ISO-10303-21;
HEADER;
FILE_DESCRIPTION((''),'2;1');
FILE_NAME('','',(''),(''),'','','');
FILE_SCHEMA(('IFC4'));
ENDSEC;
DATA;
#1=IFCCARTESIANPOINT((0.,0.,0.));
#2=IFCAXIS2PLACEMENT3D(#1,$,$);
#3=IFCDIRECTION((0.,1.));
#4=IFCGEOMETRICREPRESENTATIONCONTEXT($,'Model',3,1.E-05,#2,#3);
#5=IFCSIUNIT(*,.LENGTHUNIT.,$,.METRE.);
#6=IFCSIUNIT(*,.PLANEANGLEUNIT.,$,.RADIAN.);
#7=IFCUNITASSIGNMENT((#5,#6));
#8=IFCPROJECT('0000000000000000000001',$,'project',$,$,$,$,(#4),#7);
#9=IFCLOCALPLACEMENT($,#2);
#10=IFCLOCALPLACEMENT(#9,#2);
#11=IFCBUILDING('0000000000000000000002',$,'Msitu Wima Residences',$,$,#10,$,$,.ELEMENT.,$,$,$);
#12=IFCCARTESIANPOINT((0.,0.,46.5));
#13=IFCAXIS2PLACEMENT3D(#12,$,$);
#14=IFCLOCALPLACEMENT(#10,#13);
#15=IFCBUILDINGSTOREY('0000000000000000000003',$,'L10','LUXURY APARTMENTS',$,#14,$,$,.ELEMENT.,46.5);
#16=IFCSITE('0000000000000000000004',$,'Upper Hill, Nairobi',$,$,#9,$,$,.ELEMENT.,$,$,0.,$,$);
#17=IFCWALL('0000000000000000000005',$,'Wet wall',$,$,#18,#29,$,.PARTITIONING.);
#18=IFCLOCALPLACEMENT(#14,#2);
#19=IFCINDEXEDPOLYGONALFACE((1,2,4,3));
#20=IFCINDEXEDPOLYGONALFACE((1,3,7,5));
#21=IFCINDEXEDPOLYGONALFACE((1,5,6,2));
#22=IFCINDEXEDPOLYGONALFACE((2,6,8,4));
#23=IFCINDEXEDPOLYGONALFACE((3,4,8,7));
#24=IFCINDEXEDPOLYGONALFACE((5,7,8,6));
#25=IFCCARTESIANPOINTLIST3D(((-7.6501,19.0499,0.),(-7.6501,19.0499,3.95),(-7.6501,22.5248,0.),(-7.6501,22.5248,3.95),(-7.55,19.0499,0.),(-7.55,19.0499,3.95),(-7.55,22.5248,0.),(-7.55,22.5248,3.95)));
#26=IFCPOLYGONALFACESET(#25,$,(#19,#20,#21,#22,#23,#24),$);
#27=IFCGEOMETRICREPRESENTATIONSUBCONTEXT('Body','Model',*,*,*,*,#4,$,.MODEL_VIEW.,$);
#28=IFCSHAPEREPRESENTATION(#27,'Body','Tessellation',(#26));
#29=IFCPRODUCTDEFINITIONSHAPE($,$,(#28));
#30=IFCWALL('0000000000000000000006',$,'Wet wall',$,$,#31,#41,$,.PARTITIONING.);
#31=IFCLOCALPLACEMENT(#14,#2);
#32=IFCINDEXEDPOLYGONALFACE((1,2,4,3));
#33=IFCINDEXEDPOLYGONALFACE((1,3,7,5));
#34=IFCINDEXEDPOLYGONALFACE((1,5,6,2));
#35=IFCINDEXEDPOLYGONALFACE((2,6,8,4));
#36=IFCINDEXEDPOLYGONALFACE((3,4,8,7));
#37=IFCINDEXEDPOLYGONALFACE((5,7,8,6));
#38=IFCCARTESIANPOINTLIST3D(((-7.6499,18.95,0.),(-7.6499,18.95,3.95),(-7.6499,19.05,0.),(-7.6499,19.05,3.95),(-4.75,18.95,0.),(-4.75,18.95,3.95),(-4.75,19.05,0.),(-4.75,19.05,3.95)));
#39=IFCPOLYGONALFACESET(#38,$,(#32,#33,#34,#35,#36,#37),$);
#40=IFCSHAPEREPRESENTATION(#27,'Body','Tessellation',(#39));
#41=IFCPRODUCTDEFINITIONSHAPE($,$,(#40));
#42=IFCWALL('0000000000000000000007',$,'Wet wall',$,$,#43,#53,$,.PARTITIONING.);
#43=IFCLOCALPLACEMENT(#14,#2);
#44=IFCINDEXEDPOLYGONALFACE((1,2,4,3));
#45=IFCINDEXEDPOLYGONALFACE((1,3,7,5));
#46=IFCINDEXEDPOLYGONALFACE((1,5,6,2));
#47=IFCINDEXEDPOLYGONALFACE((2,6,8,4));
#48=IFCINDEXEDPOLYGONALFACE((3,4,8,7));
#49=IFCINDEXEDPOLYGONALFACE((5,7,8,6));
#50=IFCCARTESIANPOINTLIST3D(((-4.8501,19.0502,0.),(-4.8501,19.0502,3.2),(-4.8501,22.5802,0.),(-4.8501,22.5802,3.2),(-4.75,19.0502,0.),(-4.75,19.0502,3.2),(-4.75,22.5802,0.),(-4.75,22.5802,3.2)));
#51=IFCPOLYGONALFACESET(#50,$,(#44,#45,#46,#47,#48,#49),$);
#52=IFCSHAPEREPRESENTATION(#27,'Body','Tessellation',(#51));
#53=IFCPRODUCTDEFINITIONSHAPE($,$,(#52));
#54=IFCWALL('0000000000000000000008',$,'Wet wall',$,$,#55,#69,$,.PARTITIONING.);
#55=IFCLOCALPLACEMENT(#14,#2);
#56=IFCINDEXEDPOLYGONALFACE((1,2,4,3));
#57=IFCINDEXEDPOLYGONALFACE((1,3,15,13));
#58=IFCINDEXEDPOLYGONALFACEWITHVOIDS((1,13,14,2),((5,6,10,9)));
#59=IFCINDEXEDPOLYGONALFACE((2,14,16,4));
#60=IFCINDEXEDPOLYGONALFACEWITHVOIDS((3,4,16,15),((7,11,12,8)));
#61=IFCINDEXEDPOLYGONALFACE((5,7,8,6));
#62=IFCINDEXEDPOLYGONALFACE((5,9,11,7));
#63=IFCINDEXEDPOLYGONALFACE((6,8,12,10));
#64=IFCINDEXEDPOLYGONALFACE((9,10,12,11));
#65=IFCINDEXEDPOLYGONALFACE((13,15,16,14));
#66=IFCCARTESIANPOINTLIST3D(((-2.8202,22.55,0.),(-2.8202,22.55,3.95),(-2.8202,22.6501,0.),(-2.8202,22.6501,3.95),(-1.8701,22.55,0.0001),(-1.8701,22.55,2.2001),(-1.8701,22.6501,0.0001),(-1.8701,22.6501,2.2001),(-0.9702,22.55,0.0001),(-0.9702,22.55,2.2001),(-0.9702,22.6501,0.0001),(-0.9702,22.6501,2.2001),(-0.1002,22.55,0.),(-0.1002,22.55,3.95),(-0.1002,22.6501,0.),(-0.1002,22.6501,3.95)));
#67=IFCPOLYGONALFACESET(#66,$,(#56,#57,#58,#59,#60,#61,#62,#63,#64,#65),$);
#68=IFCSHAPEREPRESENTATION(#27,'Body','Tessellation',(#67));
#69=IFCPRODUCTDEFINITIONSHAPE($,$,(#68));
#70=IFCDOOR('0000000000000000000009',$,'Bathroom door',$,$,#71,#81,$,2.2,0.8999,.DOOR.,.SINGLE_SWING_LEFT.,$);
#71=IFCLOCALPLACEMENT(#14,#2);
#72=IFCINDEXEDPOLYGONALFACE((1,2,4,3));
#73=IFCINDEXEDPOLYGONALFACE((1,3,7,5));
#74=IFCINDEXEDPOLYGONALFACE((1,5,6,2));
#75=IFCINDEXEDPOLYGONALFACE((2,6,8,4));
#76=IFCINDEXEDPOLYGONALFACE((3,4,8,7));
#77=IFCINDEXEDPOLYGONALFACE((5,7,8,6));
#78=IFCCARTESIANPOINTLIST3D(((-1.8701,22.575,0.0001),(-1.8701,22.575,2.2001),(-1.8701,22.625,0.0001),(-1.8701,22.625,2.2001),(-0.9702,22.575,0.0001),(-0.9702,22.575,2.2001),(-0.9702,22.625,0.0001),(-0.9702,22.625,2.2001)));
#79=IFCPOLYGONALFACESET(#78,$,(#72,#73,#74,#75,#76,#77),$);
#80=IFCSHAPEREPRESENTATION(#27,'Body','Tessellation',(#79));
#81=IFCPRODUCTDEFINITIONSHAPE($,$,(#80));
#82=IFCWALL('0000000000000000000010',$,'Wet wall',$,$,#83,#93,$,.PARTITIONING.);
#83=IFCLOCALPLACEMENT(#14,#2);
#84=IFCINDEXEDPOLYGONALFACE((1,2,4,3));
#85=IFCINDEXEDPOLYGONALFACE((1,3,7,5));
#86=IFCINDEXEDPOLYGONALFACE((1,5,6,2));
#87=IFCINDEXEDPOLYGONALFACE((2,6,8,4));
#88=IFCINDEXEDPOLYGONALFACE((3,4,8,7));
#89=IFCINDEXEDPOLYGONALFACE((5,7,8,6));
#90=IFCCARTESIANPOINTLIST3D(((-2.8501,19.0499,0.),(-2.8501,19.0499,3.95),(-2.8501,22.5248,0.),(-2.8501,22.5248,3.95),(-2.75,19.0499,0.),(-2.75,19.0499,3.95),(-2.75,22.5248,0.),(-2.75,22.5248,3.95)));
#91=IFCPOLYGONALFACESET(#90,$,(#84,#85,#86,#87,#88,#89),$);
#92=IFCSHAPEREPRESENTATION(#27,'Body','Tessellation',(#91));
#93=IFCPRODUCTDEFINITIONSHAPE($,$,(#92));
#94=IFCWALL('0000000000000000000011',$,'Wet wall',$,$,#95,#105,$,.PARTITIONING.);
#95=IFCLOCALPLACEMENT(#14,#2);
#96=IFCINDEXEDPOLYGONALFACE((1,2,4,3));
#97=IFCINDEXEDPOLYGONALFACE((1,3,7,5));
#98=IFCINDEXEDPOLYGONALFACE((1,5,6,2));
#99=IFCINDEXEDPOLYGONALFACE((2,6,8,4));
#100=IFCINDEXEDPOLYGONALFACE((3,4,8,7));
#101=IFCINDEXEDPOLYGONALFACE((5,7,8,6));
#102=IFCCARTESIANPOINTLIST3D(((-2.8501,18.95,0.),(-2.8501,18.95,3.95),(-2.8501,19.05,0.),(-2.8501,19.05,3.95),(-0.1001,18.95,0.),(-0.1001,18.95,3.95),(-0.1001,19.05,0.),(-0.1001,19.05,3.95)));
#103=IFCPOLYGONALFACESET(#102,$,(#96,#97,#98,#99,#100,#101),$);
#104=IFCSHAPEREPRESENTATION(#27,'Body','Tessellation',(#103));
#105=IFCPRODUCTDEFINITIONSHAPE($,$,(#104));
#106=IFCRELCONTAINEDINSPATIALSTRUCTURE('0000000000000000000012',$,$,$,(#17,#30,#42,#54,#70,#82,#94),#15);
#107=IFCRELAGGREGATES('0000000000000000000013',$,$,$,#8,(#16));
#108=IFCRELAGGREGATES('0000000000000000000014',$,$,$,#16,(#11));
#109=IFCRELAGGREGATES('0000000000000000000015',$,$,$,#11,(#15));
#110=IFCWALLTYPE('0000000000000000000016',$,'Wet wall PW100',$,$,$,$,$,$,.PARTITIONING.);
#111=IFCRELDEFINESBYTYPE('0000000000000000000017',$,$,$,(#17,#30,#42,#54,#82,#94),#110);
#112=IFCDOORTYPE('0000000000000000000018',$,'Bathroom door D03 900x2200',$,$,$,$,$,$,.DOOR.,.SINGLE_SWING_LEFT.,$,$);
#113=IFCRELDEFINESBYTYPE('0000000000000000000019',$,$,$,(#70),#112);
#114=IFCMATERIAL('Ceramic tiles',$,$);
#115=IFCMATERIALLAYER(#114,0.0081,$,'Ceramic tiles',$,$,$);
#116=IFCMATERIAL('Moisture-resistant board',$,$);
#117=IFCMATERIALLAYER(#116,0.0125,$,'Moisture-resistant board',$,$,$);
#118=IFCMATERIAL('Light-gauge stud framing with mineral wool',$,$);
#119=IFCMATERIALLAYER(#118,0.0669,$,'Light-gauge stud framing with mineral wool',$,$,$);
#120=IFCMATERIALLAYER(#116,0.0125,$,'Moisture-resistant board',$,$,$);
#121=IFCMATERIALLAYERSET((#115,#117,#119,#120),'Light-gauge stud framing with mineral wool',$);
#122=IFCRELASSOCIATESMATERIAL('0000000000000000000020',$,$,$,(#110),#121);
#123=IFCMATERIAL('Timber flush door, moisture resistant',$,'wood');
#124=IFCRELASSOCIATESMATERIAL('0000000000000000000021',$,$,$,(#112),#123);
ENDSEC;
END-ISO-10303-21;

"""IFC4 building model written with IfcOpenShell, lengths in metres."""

from ifc_helpers import new_model, si_unit, direction, frame, frame_2d, origin, place, context, subcontext, project, spatial, rectangle, extrude, material, layer, layer_set, type_object, element, fill, save


model = new_model("IFC4")

# Units and contexts
model_context = context("Model", 3, precision=1e-05, world=origin(), true_north=direction((0.0, 1.0)))
body_context = subcontext(model_context, "Body", "Model", "MODEL_VIEW")
ifc_project = project(units=[si_unit("LENGTHUNIT", "METRE"), si_unit("PLANEANGLEUNIT", "RADIAN")], contexts=[model_context])

# Site, building, storey
site_placement = place(None, origin())
site = spatial("IfcSite", under=ifc_project, at=site_placement, Name="Upper Hill, Nairobi", CompositionType="ELEMENT", RefElevation=0.0)
building_placement = place(site_placement, origin())
building = spatial("IfcBuilding", under=site, at=building_placement, Name="Msitu Wima Residences", CompositionType="ELEMENT")
storey_placement = place(building_placement, frame((0.0, 0.0, 46.5)))
storey = spatial("IfcBuildingStorey", under=building, at=storey_placement, Name="L10", Description="LUXURY APARTMENTS", CompositionType="ELEMENT", Elevation=46.5)

# Shared definitions
ifc_material_1 = material(Name="Ceramic tiles")
ifc_layer_1 = layer(ifc_material_1, 0.0081, Name="Ceramic tiles")
ifc_material_2 = material(Name="Moisture-resistant board")
ifc_layer_2 = layer(ifc_material_2, 0.0125, Name="Moisture-resistant board")
ifc_material_3 = material(Name="Light-gauge stud framing with mineral wool")
ifc_layer_3 = layer(ifc_material_3, 0.0669, Name="Light-gauge stud framing with mineral wool")
ifc_layer_4 = layer(ifc_material_2, 0.0125, Name="Moisture-resistant board")
ifc_layer_set_1 = layer_set([ifc_layer_1, ifc_layer_2, ifc_layer_3, ifc_layer_4], Name="Light-gauge stud framing with mineral wool")
wall_type_1 = type_object("IfcWallType", Name="Wet wall PW100", PredefinedType="PARTITIONING", material=ifc_layer_set_1)

# Shared definitions
ifc_material_4 = material(Name="Timber flush door, moisture resistant", Category="wood")
door_type_1 = type_object("IfcDoorType", Name="Bathroom door D03 900x2200", OperationType="SINGLE_SWING_LEFT", PredefinedType="DOOR", material=ifc_material_4)

# Walls
wall_1_placement = place(storey_placement, frame((-7.6001, 19.05, 0.0), z_axis=(0.0, 0.0, 1.0), x_axis=(0.0, 1.0, 0.0)))
element("IfcWall", 1, at=wall_1_placement, inside=storey, type_object=wall_type_1, Name="Wet wall", PredefinedType="PARTITIONING", context=body_context, shape_type="SweptSolid", body=[
    extrude(rectangle(XDim=3.4749, YDim=0.1001, at=frame_2d((1.7373, 0.0))), origin(), (0.0, 0.0, 1.0), 3.95),
])
wall_2_placement = place(storey_placement, frame((-7.6499, 19.0, 0.0), z_axis=(0.0, 0.0, 1.0), x_axis=(1.0, 0.0, 0.0)))
element("IfcWall", 2, at=wall_2_placement, inside=storey, type_object=wall_type_1, Name="Wet wall", PredefinedType="PARTITIONING", context=body_context, shape_type="SweptSolid", body=[
    extrude(rectangle(XDim=2.8999, YDim=0.1001, at=frame_2d((1.45, 0.0))), origin(), (0.0, 0.0, 1.0), 3.95),
])
wall_3_placement = place(storey_placement, frame((-4.8, 19.05, 0.0), z_axis=(0.0, 0.0, 1.0), x_axis=(0.0, 1.0, 0.0)))
element("IfcWall", 3, at=wall_3_placement, inside=storey, type_object=wall_type_1, Name="Wet wall", PredefinedType="PARTITIONING", context=body_context, shape_type="SweptSolid", body=[
    extrude(rectangle(XDim=3.53, YDim=0.1001, at=frame_2d((1.7651, 0.0))), origin(), (0.0, 0.0, 1.0), 3.2),
])

# Wall, opening, door
wall_4_placement = place(storey_placement, frame((-2.8201, 22.6001, 0.0), z_axis=(0.0, 0.0, 1.0), x_axis=(1.0, 0.0, 0.0)))
wall_4 = element("IfcWall", 4, at=wall_4_placement, inside=storey, type_object=wall_type_1, Name="Wet wall", PredefinedType="PARTITIONING", context=body_context, shape_type="SweptSolid", body=[
    extrude(rectangle(XDim=2.72, YDim=0.1001, at=frame_2d((1.3599, 0.0))), origin(), (0.0, 0.0, 1.0), 3.95),
])
opening_1_placement = place(wall_4_placement, frame((0.95, 0.0, 0.0)))
opening_1 = element("IfcOpeningElement", 5, at=opening_1_placement, cuts=wall_4, PredefinedType="OPENING", context=body_context, shape_type="SweptSolid", body=[
    extrude(rectangle(XDim=0.8999, YDim=2.2, at=frame_2d((0.45, 1.1001))), frame((0.0, 0.0601, 0.0), z_axis=(0.0, -1.0, 0.0), x_axis=(1.0, 0.0, 0.0)), (0.0, 0.0, 1.0), 0.1201),
])
door_1_placement = place(opening_1_placement, origin())
door_1 = element("IfcDoor", 6, at=door_1_placement, inside=storey, type_object=door_type_1, Name="Bathroom door", OperationType="SINGLE_SWING_LEFT", OverallHeight=2.2, OverallWidth=0.8999, PredefinedType="DOOR", context=body_context, shape_type="SweptSolid", body=[
    extrude(rectangle(XDim=0.8999, YDim=2.2, at=frame_2d((0.45, 1.1001))), frame((0.0, 0.0249, 0.0), z_axis=(0.0, -1.0, 0.0), x_axis=(1.0, 0.0, 0.0)), (0.0, 0.0, 1.0), 0.05),
])
fill(opening_1, door_1)

# Walls
wall_5_placement = place(storey_placement, frame((-2.8, 19.05, 0.0), z_axis=(0.0, 0.0, 1.0), x_axis=(0.0, 1.0, 0.0)))
element("IfcWall", 7, at=wall_5_placement, inside=storey, type_object=wall_type_1, Name="Wet wall", PredefinedType="PARTITIONING", context=body_context, shape_type="SweptSolid", body=[
    extrude(rectangle(XDim=3.4749, YDim=0.1001, at=frame_2d((1.7373, 0.0))), origin(), (0.0, 0.0, 1.0), 3.95),
])
wall_6_placement = place(storey_placement, frame((-2.8501, 19.0, 0.0), z_axis=(0.0, 0.0, 1.0), x_axis=(1.0, 0.0, 0.0)))
element("IfcWall", 8, at=wall_6_placement, inside=storey, type_object=wall_type_1, Name="Wet wall", PredefinedType="PARTITIONING", context=body_context, shape_type="SweptSolid", body=[
    extrude(rectangle(XDim=2.75, YDim=0.1001, at=frame_2d((1.375, 0.0))), origin(), (0.0, 0.0, 1.0), 3.95),
])

save(model, "model.ifc")
